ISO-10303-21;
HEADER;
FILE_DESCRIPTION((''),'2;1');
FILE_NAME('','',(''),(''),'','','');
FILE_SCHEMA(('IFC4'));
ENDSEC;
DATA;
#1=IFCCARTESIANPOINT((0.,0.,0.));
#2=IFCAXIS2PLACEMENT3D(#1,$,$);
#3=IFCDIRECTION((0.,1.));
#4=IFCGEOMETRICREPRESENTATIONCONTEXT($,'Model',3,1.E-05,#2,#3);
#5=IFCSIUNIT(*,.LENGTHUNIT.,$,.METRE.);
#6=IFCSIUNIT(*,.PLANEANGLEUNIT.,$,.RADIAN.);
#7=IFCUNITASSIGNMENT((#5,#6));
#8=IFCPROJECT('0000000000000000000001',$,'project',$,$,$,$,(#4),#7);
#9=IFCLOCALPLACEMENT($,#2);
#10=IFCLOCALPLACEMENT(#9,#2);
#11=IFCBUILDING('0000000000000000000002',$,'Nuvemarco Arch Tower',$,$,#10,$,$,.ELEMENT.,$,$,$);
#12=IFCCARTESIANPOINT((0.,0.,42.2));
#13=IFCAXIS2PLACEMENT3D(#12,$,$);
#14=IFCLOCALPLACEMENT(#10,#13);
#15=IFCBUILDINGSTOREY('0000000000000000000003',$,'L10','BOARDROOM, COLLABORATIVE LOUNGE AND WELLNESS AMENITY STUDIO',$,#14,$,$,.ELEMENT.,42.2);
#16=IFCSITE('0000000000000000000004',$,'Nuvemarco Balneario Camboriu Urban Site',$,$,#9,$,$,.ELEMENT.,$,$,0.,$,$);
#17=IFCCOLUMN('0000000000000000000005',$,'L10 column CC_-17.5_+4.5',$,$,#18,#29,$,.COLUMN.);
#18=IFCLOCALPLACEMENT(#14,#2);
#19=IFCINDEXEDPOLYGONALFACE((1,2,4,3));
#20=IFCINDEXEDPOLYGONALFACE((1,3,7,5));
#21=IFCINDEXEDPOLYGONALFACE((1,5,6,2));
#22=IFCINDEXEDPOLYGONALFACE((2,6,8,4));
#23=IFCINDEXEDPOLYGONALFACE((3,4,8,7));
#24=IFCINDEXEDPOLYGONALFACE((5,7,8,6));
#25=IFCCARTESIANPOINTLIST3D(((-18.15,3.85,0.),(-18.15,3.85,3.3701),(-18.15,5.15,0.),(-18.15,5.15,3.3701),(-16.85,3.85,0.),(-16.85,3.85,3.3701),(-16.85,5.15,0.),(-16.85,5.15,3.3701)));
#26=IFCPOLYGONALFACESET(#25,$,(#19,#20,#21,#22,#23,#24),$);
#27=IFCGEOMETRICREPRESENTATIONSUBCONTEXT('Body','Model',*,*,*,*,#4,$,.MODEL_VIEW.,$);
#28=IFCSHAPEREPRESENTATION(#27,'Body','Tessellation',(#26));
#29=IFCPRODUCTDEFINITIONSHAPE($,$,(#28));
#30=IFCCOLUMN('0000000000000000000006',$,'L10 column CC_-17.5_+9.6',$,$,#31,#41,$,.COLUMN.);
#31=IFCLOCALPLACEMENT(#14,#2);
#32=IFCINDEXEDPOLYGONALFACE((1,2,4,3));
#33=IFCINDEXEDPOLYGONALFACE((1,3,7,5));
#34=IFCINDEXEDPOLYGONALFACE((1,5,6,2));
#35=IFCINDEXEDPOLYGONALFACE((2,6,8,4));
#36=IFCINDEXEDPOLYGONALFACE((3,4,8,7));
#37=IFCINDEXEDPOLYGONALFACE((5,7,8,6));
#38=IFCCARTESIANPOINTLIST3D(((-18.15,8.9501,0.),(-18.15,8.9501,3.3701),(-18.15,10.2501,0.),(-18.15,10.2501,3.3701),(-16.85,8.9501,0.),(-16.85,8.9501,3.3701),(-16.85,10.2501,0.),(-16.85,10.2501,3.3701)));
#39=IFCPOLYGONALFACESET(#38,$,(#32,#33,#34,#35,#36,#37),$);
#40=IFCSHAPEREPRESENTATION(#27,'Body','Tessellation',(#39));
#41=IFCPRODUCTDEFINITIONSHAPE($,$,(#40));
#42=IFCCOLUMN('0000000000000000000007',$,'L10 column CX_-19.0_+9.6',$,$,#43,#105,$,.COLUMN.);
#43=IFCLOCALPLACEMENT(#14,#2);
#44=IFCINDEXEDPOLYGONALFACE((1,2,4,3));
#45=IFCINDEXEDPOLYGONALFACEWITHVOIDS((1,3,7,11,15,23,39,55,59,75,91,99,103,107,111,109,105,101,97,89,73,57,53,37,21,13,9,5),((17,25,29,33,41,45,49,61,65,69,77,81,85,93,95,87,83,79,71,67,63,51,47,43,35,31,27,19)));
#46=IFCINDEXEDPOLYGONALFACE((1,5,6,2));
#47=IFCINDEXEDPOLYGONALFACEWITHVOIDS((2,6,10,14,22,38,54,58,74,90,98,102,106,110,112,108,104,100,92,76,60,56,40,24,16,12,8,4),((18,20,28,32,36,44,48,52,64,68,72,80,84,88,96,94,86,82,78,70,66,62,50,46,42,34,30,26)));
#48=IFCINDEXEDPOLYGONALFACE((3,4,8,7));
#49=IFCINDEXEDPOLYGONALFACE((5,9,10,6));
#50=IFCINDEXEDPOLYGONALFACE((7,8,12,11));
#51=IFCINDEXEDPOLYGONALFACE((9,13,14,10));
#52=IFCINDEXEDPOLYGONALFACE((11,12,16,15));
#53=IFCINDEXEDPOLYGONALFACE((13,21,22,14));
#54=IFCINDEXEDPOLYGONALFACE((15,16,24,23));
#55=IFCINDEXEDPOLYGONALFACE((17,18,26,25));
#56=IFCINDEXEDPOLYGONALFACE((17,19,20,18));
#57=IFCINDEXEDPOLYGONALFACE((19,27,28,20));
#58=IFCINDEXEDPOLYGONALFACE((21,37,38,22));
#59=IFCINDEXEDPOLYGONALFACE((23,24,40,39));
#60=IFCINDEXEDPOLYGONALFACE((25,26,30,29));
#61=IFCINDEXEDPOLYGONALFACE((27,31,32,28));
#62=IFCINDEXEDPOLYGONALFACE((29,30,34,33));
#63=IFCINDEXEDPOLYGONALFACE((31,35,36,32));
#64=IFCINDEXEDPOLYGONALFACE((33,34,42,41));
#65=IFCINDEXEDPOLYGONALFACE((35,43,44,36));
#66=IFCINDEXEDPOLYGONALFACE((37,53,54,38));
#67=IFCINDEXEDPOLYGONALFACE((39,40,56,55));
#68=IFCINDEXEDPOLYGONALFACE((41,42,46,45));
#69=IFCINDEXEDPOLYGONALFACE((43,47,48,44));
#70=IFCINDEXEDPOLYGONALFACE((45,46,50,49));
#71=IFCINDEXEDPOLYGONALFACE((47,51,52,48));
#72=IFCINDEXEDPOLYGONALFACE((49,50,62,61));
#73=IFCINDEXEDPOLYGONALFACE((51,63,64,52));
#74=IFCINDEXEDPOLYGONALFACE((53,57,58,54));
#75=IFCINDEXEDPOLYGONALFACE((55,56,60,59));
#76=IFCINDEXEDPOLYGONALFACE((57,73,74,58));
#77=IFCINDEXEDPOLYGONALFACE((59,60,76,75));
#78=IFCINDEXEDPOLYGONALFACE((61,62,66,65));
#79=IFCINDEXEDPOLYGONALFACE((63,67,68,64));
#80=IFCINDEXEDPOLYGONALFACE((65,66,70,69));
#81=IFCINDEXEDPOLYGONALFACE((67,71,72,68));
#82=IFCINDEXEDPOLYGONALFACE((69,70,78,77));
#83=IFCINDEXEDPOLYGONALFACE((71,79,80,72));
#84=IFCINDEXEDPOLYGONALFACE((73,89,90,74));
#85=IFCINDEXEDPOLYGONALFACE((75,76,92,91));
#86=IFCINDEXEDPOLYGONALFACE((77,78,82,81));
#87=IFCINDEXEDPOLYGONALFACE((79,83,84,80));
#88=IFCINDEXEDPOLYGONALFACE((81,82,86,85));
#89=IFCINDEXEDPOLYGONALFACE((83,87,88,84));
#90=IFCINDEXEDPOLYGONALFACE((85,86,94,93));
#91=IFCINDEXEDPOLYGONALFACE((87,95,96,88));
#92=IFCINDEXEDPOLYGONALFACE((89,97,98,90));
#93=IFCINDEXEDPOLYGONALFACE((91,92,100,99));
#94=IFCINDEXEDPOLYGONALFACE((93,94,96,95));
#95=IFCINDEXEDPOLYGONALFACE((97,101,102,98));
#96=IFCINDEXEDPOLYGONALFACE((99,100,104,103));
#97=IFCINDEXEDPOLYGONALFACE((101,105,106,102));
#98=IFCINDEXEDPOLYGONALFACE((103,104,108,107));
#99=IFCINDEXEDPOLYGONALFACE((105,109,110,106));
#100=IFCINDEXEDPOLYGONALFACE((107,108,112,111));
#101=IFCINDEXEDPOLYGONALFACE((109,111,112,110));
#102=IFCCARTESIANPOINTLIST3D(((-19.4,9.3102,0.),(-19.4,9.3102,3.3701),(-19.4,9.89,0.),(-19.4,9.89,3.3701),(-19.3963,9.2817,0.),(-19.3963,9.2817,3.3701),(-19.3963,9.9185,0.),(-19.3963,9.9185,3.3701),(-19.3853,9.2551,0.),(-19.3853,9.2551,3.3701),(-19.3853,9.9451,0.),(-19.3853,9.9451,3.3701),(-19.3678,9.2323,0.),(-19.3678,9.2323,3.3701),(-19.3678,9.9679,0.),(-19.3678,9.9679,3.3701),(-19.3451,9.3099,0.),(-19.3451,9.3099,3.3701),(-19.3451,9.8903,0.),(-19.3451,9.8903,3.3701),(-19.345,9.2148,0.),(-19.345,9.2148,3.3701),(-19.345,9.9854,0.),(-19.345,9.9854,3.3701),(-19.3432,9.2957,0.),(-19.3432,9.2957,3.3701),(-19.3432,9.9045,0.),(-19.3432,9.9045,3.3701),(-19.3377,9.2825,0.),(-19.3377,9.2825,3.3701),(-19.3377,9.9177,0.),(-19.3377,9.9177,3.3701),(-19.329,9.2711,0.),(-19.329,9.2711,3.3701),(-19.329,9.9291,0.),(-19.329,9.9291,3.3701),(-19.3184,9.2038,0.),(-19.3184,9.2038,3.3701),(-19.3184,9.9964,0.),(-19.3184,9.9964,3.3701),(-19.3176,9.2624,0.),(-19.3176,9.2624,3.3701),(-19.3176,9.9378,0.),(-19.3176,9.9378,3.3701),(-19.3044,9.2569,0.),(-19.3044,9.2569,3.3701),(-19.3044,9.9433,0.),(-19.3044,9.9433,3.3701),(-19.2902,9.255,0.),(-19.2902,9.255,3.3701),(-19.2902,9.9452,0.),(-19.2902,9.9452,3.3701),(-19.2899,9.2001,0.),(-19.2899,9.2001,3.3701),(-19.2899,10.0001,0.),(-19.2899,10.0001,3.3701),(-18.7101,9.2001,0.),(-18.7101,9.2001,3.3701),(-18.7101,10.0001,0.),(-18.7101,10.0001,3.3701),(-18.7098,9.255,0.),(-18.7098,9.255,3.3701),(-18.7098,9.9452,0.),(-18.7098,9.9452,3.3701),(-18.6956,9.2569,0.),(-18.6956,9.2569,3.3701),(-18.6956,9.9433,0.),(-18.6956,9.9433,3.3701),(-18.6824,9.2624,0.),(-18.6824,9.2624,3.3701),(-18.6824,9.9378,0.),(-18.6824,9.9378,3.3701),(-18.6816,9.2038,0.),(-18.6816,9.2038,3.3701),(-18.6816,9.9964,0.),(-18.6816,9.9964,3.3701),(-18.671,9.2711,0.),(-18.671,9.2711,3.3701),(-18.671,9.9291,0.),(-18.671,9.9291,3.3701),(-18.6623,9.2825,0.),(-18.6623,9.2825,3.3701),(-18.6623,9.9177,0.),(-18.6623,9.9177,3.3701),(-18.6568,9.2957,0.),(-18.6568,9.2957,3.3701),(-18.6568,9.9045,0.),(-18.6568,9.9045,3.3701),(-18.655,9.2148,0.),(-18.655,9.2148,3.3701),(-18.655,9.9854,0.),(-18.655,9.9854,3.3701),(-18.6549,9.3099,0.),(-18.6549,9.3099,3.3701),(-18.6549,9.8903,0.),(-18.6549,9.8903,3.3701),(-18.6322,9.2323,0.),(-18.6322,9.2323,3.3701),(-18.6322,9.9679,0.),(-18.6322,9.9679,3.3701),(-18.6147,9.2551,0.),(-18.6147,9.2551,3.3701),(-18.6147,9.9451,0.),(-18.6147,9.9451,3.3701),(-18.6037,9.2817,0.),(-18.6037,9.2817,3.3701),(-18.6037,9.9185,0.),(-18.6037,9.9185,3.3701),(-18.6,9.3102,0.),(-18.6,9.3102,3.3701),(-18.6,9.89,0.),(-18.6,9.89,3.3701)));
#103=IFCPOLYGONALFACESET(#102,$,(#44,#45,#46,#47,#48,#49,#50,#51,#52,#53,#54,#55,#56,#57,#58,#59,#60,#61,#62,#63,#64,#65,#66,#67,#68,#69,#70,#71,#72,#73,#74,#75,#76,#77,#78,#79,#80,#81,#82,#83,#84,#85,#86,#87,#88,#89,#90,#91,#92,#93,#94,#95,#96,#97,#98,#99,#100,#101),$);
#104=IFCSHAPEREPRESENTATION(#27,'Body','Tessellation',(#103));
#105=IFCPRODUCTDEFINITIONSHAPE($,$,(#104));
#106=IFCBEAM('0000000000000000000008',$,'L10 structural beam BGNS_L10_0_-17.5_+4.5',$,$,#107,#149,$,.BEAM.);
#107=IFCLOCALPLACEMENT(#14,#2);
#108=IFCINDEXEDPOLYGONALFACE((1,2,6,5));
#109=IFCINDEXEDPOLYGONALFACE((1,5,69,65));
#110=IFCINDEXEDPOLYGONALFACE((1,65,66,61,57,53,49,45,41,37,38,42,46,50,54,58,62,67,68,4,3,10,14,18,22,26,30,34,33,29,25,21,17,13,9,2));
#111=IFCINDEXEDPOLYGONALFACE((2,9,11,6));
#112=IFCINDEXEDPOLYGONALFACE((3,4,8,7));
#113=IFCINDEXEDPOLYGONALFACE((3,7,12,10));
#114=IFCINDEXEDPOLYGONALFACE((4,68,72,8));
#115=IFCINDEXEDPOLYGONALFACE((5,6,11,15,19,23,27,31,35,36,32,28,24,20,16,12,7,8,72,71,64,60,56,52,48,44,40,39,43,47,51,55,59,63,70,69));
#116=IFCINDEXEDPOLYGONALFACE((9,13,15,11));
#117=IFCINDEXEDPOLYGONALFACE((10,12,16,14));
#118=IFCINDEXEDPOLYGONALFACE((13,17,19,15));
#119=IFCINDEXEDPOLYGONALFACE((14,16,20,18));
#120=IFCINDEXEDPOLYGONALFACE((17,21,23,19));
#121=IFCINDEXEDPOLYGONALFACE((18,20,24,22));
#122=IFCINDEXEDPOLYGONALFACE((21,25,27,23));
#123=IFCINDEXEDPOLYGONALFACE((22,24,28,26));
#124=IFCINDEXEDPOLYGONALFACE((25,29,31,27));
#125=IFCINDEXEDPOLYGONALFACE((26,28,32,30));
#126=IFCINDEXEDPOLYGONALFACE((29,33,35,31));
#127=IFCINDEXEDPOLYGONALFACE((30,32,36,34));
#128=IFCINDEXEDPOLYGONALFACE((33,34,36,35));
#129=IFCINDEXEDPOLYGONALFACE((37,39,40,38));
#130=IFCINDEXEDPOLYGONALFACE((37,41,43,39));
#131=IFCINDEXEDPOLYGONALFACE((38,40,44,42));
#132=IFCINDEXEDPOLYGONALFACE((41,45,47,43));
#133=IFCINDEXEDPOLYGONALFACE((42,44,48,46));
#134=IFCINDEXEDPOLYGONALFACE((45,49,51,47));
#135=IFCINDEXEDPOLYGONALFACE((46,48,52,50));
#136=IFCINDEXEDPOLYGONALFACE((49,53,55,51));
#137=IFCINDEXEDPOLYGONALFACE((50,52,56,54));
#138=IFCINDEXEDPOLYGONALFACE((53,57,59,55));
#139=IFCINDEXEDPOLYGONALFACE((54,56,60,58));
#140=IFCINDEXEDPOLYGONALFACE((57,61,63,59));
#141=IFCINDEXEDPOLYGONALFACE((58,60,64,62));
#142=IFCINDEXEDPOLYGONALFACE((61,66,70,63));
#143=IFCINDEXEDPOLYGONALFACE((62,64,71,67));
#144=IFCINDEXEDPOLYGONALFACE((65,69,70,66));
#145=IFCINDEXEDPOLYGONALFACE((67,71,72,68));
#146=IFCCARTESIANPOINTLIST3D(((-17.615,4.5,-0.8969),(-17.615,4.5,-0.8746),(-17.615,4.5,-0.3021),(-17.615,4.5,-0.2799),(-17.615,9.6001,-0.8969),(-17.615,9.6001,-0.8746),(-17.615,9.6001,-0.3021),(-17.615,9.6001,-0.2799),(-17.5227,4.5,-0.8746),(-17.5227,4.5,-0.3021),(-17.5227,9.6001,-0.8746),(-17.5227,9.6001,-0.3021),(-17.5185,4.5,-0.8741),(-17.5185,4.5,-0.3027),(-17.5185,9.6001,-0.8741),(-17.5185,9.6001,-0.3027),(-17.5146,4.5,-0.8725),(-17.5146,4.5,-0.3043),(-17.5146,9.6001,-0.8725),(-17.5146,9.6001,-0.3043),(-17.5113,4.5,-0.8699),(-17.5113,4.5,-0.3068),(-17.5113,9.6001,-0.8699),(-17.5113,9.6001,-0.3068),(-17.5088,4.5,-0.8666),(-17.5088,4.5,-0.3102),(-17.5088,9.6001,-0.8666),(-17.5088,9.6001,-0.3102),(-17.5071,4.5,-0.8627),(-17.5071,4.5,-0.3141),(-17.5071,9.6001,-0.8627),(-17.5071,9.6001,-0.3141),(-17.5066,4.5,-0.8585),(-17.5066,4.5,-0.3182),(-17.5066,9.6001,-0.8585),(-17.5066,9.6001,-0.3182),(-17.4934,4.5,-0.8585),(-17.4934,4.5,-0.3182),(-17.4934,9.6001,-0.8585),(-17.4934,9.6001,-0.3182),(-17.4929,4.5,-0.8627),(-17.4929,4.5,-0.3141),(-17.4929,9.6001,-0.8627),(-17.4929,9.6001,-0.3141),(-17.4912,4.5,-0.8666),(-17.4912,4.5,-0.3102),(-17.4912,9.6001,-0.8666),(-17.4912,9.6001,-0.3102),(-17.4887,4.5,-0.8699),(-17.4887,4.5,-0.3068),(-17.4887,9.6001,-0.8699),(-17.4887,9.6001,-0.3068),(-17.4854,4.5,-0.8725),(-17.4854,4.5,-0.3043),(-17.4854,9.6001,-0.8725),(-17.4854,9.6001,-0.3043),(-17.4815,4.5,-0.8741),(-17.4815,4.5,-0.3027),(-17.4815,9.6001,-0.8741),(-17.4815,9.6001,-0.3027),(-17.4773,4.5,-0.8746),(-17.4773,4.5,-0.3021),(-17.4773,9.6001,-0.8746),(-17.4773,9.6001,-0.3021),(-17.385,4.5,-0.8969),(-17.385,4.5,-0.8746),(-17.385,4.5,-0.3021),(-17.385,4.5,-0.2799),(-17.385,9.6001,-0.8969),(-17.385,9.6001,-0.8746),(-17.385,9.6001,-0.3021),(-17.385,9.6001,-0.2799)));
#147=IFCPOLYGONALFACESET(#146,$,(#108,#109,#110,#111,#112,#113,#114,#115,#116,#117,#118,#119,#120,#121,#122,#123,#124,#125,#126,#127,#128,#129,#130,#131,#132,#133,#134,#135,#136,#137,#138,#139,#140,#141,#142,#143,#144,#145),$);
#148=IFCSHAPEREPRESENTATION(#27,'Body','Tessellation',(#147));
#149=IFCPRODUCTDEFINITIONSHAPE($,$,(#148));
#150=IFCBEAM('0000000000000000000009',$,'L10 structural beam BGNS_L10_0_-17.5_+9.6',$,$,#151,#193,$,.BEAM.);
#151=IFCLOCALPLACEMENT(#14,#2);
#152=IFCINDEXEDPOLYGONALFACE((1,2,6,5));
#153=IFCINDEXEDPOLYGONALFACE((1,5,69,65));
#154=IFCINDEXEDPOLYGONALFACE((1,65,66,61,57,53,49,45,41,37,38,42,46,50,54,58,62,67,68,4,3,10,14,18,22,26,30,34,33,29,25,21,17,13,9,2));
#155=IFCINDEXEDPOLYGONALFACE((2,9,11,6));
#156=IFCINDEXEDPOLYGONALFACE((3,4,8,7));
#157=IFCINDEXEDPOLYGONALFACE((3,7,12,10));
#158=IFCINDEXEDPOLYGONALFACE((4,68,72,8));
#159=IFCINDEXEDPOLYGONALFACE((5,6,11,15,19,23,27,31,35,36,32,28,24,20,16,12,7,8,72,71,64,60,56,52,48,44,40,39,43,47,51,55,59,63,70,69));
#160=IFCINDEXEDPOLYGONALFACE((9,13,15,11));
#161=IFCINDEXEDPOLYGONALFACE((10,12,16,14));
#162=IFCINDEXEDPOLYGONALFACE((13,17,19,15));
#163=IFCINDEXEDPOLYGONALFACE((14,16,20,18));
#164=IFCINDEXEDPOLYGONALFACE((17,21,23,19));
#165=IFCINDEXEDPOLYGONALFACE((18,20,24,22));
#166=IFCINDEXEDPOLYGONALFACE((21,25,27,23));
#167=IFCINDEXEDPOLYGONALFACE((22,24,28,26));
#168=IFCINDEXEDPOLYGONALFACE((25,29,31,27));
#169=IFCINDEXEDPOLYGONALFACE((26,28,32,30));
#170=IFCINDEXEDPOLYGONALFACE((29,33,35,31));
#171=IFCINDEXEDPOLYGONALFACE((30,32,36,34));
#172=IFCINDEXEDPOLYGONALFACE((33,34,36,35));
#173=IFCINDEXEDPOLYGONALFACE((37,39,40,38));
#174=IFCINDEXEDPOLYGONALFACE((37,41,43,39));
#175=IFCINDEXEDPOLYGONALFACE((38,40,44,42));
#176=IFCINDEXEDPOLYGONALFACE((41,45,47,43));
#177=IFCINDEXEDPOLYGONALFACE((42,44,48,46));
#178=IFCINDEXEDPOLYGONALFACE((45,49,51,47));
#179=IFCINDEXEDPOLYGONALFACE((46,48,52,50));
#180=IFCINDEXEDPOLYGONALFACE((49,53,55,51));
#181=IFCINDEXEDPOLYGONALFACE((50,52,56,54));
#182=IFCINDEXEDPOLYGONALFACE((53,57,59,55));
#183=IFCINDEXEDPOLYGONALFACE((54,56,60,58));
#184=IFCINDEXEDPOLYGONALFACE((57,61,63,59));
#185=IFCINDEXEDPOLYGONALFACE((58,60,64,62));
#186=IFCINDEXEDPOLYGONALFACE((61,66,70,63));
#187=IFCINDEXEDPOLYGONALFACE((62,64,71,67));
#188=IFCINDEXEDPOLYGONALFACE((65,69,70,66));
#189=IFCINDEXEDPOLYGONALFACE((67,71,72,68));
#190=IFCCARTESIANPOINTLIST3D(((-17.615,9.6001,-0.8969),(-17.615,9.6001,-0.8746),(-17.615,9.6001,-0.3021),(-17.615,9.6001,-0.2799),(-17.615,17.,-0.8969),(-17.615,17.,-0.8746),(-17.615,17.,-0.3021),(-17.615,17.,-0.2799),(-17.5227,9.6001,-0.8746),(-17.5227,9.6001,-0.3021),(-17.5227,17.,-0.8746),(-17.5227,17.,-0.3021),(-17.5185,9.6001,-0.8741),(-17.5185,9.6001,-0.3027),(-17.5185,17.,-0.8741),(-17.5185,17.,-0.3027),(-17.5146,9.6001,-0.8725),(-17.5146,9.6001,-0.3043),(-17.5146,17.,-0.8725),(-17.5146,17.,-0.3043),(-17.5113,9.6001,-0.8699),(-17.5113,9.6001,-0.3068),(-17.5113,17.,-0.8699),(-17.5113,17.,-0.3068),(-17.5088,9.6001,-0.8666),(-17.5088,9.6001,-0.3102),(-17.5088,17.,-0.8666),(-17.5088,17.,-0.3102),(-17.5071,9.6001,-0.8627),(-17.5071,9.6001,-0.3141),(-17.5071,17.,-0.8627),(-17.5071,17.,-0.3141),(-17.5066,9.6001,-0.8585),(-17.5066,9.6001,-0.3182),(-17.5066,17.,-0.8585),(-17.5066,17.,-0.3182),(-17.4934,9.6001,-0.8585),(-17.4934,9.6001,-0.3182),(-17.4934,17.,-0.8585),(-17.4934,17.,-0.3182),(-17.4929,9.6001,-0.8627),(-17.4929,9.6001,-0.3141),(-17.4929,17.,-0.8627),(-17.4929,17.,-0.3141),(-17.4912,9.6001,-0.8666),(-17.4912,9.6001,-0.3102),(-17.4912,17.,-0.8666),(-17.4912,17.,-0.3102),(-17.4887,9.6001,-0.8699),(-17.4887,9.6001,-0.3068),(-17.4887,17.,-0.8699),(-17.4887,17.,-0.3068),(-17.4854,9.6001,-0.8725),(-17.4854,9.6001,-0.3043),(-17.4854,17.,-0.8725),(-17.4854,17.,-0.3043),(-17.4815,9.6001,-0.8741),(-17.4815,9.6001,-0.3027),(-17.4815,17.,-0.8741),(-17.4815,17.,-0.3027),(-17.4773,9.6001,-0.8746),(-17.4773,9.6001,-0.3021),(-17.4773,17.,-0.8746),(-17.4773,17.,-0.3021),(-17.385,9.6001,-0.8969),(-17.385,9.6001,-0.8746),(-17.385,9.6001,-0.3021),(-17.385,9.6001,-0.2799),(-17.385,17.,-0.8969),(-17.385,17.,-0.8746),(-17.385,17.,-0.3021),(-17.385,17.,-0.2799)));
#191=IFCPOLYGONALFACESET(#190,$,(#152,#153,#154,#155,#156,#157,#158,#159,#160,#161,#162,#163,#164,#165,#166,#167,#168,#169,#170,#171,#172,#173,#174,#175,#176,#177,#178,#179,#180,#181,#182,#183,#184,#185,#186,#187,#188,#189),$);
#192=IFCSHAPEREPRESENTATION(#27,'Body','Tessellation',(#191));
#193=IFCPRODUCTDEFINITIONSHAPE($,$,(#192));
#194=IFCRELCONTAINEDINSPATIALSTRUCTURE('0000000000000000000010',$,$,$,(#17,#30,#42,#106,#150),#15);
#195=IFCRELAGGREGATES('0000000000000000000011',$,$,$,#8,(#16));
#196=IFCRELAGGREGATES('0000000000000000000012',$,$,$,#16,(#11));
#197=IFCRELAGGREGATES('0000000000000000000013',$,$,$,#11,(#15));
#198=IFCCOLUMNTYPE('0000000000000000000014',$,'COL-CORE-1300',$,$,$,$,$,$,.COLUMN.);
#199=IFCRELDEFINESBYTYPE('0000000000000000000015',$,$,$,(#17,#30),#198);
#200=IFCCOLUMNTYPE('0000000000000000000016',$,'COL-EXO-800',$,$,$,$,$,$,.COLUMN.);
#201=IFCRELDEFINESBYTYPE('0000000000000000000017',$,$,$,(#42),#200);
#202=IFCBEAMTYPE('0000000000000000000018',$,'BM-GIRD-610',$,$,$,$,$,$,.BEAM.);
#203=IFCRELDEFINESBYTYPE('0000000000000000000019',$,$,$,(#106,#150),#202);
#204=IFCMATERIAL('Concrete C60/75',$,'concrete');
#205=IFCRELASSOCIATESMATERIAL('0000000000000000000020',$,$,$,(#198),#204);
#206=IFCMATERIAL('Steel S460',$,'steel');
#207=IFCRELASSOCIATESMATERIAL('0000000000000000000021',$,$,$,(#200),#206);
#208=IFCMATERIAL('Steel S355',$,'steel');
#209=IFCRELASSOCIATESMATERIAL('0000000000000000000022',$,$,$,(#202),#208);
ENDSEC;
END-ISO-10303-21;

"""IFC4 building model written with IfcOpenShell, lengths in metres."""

from ifc_helpers import new_model, si_unit, direction, frame, origin, origin_2d, place, context, subcontext, project, spatial, rectangle, hollow_rectangle, i_section, extrude, material, material_profile, profile_set, type_object, element, save


model = new_model("IFC4")

# Units and contexts
model_context = context("Model", 3, precision=1e-05, world=origin(), true_north=direction((0.0, 1.0)))
body_context = subcontext(model_context, "Body", "Model", "MODEL_VIEW")
ifc_project = project(units=[si_unit("LENGTHUNIT", "METRE"), si_unit("PLANEANGLEUNIT", "RADIAN")], contexts=[model_context])

# Site, building, storey
site_placement = place(None, origin())
site = spatial("IfcSite", under=ifc_project, at=site_placement, Name="Nuvemarco Balneario Camboriu Urban Site", CompositionType="ELEMENT", RefElevation=0.0)
building_placement = place(site_placement, origin())
building = spatial("IfcBuilding", under=site, at=building_placement, Name="Nuvemarco Arch Tower", CompositionType="ELEMENT")
storey_placement = place(building_placement, frame((0.0, 0.0, 42.2)))
storey = spatial("IfcBuildingStorey", under=building, at=storey_placement, Name="L10", Description="BOARDROOM, COLLABORATIVE LOUNGE AND WELLNESS AMENITY STUDIO", CompositionType="ELEMENT", Elevation=42.2)

# Columns
ifc_material_1 = material(Name="Concrete C60/75", Category="concrete")
ifc_material_profile_1 = material_profile(ifc_material_1, rectangle(XDim=1.3, YDim=1.3, at=origin_2d()), Name="RC-COL-1300x1300")
ifc_profile_set_1 = profile_set([ifc_material_profile_1], Name="Concrete C60/75")
column_type_1 = type_object("IfcColumnType", Name="COL-CORE-1300", PredefinedType="COLUMN", material=ifc_profile_set_1)
for number, where, z_axis, x_axis, name in (
    (1, (-17.5, 4.5, 0.0), (0.0, 0.0, 1.0), (1.0, 0.0, 0.0), "L10 column CC_-17.5_+4.5"),
    (2, (-17.5, 9.6001, 0.0), (0.0, 0.0, 1.0), (1.0, 0.0, 0.0), "L10 column CC_-17.5_+9.6"),
):
    element("IfcColumn", number, at=place(storey_placement, frame(where, z_axis=z_axis, x_axis=x_axis)), inside=storey, type_object=column_type_1, Name=name, PredefinedType="COLUMN", context=body_context, shape_type="SweptSolid", body=[
        extrude(rectangle(XDim=1.3, YDim=1.3, at=origin_2d()), origin(), (0.0, 0.0, 1.0), 3.3701),
    ])
ifc_material_2 = material(Name="Steel S460", Category="steel")
ifc_material_profile_2 = material_profile(ifc_material_2, hollow_rectangle(XDim=0.8, YDim=0.8, WallThickness=0.0549, InnerFilletRadius=0.0549, OuterFilletRadius=0.1101, at=origin_2d()), Name="SHS800x800x55")
ifc_profile_set_2 = profile_set([ifc_material_profile_2], Name="Steel S460")
column_type_2 = type_object("IfcColumnType", Name="COL-EXO-800", PredefinedType="COLUMN", material=ifc_profile_set_2)
column_placement = place(storey_placement, frame((-19.0, 9.6001, 0.0), z_axis=(0.0, 0.0, 1.0), x_axis=(1.0, 0.0, 0.0)))
element("IfcColumn", 3, at=column_placement, inside=storey, type_object=column_type_2, Name="L10 column CX_-19.0_+9.6", PredefinedType="COLUMN", context=body_context, shape_type="SweptSolid", body=[
    extrude(hollow_rectangle(XDim=0.8, YDim=0.8, WallThickness=0.0549, InnerFilletRadius=0.0549, OuterFilletRadius=0.1101, at=origin_2d()), origin(), (0.0, 0.0, 1.0), 3.3701),
])

# Beams
ifc_material_3 = material(Name="Steel S355", Category="steel")
ifc_material_profile_3 = material_profile(ifc_material_3, i_section(OverallWidth=0.23, OverallDepth=0.6169, WebThickness=0.0132, FlangeThickness=0.0222, FilletRadius=0.0161, at=origin_2d()), Name="W610x140")
ifc_profile_set_3 = profile_set([ifc_material_profile_3], Name="Steel S355")
beam_type_1 = type_object("IfcBeamType", Name="BM-GIRD-610", PredefinedType="BEAM", material=ifc_profile_set_3)
beam_1_placement = place(storey_placement, frame((-17.5, 4.5, -0.5884), z_axis=(0.0, 1.0, 0.0), x_axis=(-1.0, 0.0, 0.0)))
element("IfcBeam", 4, at=beam_1_placement, inside=storey, type_object=beam_type_1, Name="L10 structural beam BGNS_L10_0_-17.5_+4.5", PredefinedType="BEAM", context=body_context, shape_type="SweptSolid", body=[
    extrude(i_section(OverallWidth=0.23, OverallDepth=0.6169, WebThickness=0.0132, FlangeThickness=0.0222, FilletRadius=0.0161, at=origin_2d()), origin(), (0.0, 0.0, 1.0), 5.1001),
])
beam_2_placement = place(storey_placement, frame((-17.5, 9.6001, -0.5884), z_axis=(0.0, 1.0, 0.0), x_axis=(-1.0, 0.0, 0.0)))
element("IfcBeam", 5, at=beam_2_placement, inside=storey, type_object=beam_type_1, Name="L10 structural beam BGNS_L10_0_-17.5_+9.6", PredefinedType="BEAM", context=body_context, shape_type="SweptSolid", body=[
    extrude(i_section(OverallWidth=0.23, OverallDepth=0.6169, WebThickness=0.0132, FlangeThickness=0.0222, FilletRadius=0.0161, at=origin_2d()), origin(), (0.0, 0.0, 1.0), 7.3999),
])

save(model, "model.ifc")
